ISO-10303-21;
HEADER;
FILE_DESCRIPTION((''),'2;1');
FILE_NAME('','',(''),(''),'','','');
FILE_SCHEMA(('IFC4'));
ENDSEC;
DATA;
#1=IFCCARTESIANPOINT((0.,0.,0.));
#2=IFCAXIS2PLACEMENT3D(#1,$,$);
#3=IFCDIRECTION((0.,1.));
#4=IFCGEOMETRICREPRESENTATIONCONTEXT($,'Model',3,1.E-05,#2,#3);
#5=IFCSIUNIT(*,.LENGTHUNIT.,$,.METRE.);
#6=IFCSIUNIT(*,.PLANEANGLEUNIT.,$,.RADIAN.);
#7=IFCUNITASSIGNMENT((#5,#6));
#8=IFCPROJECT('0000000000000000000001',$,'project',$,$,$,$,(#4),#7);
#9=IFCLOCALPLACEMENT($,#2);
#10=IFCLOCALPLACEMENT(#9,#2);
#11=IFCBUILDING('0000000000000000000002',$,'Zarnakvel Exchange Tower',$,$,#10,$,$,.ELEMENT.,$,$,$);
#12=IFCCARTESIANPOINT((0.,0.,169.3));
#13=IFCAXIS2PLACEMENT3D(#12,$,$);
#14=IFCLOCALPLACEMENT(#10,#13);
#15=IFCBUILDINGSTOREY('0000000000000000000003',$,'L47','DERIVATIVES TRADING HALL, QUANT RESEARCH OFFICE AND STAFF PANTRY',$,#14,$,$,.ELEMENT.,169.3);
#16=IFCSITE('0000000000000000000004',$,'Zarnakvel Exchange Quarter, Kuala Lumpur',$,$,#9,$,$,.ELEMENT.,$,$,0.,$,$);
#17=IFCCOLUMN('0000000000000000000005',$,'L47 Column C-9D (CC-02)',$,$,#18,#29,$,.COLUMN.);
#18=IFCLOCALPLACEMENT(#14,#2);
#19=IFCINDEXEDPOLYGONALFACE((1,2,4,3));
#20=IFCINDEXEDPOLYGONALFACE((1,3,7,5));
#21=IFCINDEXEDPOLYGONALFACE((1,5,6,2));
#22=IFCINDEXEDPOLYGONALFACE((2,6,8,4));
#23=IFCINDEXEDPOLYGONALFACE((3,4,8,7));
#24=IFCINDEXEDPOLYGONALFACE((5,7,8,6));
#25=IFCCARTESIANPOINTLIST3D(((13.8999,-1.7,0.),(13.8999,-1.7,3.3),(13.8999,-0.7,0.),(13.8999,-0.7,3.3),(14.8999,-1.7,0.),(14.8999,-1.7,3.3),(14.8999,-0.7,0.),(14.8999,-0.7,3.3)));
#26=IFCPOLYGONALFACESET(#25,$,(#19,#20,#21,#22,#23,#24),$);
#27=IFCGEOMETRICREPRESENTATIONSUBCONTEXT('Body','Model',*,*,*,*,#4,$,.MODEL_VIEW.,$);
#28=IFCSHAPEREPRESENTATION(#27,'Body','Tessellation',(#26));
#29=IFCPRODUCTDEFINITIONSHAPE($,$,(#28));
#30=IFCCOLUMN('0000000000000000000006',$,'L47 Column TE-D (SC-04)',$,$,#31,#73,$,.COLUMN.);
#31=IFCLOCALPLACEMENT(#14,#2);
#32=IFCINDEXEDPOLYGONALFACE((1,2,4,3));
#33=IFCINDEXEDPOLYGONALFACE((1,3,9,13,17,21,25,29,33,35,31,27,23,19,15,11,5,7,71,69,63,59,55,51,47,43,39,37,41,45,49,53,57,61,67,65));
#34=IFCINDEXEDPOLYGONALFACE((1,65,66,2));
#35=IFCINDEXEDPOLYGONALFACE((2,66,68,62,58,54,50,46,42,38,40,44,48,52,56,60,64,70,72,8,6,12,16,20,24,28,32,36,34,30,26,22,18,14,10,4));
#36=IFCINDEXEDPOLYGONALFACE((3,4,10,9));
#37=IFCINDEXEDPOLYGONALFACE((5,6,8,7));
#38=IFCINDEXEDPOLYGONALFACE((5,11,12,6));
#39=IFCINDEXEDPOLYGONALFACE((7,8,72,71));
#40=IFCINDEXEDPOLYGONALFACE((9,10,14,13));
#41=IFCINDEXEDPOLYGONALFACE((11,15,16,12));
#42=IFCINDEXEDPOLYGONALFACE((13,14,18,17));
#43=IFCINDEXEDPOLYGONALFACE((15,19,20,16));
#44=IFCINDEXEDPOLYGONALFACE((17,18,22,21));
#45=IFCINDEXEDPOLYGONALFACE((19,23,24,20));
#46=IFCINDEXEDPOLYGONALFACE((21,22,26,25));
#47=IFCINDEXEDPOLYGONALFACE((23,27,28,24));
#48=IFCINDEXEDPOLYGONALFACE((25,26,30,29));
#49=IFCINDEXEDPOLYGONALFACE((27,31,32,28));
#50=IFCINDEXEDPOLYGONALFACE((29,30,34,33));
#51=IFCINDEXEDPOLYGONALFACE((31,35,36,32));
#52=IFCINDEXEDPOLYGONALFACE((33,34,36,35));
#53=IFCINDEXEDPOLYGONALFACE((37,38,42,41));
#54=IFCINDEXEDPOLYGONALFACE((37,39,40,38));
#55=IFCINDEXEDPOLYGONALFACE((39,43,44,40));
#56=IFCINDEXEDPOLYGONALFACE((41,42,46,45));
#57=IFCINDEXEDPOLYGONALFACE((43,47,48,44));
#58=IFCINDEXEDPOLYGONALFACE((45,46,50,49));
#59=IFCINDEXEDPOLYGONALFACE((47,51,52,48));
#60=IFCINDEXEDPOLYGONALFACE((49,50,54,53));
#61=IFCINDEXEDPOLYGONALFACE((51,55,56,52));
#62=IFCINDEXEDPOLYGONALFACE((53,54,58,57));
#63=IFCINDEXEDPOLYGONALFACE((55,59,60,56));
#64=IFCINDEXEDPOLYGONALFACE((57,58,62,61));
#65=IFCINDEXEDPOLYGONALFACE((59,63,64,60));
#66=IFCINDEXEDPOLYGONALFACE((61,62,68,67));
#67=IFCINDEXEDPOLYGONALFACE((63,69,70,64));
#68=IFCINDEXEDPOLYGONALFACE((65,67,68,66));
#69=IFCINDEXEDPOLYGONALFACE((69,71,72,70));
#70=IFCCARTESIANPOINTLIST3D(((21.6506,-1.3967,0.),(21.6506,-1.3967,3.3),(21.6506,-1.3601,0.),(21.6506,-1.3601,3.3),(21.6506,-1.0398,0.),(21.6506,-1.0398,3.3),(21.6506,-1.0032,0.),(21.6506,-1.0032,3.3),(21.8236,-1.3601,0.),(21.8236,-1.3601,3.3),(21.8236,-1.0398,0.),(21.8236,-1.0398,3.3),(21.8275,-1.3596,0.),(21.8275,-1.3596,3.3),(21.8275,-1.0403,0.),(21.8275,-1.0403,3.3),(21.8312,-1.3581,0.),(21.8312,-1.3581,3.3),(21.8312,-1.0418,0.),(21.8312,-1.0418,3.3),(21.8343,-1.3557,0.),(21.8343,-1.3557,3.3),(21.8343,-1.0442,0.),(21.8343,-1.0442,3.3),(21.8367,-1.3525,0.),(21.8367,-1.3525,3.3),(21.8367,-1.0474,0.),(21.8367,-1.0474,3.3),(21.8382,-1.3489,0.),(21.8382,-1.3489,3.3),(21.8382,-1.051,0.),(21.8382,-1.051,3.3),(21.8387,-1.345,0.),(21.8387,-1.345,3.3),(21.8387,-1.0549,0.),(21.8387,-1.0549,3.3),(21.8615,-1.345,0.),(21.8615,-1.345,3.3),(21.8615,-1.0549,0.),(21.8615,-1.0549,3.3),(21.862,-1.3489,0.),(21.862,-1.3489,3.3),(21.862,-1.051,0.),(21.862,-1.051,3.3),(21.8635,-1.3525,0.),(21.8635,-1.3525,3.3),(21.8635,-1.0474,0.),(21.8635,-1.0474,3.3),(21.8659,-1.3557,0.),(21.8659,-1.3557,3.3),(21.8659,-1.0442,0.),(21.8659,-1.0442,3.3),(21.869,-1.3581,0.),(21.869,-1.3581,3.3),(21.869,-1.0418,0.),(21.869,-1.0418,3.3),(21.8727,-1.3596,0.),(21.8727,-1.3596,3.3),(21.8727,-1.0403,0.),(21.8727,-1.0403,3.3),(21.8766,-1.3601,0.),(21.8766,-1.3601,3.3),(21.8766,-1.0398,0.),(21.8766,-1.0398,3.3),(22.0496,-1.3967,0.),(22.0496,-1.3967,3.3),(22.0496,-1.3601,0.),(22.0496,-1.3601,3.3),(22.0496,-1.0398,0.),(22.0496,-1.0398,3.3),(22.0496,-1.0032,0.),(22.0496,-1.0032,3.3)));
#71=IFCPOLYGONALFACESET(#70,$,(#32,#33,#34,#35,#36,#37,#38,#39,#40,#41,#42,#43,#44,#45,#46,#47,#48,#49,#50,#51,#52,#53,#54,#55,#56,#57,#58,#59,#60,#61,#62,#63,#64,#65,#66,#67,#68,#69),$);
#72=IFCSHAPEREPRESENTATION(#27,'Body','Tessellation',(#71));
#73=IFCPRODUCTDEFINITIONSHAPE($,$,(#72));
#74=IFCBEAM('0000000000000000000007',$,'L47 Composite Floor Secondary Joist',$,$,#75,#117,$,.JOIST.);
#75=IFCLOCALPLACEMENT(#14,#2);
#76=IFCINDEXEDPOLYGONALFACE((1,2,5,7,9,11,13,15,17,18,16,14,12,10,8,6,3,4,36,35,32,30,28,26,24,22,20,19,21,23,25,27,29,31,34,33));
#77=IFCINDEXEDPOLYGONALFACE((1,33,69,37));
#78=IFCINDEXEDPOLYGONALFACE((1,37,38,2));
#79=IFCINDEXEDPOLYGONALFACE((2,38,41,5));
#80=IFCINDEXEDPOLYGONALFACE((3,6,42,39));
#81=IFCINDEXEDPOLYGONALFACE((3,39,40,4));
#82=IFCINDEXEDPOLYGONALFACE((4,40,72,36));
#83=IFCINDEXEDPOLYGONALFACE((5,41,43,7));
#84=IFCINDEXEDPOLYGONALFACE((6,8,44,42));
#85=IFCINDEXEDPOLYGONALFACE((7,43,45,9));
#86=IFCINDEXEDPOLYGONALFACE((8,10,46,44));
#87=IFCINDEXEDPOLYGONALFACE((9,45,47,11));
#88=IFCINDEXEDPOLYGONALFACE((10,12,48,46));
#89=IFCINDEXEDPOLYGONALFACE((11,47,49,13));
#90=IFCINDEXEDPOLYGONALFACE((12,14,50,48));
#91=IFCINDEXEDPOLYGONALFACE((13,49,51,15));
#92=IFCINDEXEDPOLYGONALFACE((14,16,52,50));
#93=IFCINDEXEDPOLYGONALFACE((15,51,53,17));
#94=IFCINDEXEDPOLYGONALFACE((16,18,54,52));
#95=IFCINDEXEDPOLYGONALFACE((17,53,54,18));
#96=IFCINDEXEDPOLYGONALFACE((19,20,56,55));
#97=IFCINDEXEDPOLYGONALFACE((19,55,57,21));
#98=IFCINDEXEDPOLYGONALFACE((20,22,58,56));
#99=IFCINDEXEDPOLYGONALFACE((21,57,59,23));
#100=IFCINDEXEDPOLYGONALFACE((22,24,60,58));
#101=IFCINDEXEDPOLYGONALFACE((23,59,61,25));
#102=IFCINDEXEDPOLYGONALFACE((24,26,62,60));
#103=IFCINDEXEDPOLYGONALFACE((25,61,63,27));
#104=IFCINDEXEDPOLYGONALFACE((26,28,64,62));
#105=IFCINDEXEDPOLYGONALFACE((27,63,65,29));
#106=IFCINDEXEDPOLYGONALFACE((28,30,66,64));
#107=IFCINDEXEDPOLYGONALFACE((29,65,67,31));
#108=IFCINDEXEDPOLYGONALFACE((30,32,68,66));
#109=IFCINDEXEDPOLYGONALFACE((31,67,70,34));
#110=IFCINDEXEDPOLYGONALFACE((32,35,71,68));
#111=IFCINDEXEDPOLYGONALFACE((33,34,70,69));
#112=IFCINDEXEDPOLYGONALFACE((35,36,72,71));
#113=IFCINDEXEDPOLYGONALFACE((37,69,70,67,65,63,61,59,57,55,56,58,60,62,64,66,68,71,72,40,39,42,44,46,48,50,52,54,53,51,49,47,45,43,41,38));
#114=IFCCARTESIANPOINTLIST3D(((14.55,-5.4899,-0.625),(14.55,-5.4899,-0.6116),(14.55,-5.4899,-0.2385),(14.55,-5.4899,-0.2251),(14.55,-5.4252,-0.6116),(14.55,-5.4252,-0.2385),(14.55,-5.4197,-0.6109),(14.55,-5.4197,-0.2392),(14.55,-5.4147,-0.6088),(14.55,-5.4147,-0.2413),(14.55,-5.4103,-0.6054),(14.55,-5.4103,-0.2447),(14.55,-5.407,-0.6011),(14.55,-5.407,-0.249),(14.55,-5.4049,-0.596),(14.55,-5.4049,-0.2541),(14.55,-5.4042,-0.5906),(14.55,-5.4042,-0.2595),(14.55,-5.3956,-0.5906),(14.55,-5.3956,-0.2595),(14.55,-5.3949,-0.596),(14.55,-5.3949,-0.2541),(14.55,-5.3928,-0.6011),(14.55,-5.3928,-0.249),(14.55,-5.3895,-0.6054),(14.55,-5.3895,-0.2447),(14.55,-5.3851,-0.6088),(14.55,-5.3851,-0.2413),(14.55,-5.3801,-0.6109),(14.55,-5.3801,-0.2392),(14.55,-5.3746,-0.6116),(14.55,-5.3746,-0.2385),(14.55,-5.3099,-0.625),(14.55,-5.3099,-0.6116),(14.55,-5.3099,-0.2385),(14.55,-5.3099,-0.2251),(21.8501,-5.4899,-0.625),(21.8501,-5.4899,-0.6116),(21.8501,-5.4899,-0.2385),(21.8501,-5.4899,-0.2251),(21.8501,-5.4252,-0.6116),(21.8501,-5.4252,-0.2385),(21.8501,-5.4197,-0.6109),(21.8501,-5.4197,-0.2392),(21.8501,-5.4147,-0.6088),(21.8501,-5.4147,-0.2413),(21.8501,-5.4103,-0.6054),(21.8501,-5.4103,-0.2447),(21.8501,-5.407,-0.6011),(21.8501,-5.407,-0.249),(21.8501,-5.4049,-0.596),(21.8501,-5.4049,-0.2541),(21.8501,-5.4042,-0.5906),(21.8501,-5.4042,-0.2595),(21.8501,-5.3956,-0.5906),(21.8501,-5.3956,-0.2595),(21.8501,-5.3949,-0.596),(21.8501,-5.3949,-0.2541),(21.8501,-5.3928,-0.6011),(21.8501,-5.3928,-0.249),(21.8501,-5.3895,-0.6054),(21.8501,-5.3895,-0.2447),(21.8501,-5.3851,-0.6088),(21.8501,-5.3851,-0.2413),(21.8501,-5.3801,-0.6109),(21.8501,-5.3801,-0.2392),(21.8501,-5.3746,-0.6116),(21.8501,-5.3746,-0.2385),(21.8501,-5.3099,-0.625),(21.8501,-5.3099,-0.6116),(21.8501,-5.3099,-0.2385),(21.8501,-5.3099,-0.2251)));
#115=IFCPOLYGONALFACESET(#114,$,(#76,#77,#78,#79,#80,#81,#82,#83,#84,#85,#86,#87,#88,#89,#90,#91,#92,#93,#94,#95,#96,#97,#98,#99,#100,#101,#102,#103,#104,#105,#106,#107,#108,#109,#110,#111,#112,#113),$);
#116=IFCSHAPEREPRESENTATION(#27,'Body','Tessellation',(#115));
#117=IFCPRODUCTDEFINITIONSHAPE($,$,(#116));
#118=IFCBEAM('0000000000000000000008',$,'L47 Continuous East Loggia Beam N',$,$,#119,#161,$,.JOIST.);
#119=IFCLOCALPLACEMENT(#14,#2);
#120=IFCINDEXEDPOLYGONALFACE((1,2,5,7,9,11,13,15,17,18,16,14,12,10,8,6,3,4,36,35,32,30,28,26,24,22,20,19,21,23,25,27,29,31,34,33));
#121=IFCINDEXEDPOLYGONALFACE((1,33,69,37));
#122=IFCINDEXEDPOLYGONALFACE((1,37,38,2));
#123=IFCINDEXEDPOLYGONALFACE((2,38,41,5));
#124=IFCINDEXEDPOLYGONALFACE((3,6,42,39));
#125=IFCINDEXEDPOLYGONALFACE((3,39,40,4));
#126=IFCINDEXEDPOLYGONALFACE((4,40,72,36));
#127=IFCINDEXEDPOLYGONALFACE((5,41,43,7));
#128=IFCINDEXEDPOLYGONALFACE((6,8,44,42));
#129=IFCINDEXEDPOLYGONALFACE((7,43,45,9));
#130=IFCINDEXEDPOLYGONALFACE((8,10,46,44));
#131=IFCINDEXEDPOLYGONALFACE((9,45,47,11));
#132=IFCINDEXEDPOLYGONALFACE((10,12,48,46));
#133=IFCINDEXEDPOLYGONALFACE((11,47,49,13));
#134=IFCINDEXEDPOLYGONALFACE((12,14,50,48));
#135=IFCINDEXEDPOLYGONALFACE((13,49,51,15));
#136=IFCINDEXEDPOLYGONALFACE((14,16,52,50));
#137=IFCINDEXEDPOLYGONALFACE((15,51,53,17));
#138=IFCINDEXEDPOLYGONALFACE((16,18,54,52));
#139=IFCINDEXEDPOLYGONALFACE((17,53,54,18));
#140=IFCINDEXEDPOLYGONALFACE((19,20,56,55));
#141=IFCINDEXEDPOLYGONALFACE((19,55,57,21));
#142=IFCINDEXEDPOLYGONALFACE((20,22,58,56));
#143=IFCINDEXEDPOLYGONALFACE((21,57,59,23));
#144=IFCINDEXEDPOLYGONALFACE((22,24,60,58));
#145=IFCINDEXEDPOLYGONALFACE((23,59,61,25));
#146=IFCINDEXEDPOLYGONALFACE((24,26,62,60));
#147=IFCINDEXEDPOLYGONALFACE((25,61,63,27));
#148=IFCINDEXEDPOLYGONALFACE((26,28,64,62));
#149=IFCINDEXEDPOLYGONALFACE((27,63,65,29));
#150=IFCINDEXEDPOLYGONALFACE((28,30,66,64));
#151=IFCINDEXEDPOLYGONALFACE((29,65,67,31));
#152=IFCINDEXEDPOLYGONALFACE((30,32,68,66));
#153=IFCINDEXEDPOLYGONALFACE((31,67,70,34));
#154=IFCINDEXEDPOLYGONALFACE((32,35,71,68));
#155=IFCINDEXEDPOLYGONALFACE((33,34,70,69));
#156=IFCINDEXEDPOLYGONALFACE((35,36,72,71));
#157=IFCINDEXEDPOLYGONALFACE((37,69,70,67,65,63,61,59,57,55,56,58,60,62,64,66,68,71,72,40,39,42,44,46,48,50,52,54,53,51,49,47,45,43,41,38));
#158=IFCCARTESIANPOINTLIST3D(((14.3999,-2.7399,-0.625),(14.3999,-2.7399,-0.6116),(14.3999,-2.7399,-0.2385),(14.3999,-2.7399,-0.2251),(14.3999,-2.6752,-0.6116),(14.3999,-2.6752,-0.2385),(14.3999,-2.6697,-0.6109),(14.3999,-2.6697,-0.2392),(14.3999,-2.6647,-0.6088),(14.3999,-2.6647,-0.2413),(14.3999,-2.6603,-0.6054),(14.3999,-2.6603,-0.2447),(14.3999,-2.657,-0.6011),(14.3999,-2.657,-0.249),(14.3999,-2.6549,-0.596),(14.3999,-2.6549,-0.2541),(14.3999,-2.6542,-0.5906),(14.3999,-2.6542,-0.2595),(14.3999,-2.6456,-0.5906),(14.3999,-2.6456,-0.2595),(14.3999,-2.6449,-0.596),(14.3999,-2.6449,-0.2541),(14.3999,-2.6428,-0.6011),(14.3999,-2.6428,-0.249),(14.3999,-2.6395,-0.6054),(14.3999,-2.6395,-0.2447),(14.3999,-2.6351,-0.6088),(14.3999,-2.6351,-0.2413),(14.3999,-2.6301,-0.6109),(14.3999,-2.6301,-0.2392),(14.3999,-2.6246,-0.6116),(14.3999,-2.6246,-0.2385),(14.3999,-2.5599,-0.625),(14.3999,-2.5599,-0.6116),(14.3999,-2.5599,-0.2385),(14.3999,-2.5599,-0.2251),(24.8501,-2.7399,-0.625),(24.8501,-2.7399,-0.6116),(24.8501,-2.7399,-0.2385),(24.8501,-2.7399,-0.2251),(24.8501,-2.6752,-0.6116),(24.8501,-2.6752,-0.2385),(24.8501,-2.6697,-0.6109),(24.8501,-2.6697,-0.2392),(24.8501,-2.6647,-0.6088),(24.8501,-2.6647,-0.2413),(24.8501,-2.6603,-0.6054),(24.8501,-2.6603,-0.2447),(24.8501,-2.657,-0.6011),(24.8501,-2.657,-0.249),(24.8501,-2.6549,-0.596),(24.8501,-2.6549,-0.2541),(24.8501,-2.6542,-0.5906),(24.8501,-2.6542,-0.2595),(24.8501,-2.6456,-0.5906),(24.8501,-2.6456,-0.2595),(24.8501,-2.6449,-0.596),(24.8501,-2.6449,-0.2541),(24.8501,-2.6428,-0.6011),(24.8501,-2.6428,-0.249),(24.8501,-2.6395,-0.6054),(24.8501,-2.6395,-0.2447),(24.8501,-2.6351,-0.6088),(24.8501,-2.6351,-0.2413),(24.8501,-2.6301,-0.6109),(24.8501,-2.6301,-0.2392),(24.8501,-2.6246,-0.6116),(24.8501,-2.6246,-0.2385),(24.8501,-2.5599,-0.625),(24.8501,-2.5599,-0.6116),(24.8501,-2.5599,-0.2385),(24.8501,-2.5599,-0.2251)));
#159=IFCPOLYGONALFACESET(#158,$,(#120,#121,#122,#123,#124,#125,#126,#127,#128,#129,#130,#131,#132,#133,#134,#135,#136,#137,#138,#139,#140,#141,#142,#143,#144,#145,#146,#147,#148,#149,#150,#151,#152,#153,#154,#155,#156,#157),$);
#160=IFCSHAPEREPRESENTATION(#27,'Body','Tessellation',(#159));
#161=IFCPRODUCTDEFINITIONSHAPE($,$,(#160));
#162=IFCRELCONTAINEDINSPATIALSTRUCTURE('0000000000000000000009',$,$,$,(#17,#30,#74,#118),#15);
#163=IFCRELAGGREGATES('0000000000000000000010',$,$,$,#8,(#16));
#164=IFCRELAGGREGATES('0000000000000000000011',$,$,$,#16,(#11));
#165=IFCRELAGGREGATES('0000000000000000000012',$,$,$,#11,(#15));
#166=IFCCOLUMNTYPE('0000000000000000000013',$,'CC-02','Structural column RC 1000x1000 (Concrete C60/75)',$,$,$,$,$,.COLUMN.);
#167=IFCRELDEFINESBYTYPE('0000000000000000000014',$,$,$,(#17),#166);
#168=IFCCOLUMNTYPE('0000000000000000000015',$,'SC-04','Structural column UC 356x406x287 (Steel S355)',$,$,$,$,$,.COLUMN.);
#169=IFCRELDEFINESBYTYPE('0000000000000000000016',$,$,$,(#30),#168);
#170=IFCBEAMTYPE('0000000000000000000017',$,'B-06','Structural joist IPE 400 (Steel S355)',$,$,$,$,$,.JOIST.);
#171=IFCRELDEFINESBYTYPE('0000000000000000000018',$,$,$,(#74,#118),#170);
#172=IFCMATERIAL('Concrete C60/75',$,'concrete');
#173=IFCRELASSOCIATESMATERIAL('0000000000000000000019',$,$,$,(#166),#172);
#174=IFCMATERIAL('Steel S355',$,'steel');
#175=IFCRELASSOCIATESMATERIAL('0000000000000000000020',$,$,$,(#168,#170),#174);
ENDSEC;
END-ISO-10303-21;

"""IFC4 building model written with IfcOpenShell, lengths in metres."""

from ifc_helpers import new_model, si_unit, direction, frame, origin, origin_2d, place, context, subcontext, project, spatial, rectangle, i_section, extrude, material, material_profile, profile_set, type_object, element, save


model = new_model("IFC4")

# Units and contexts
model_context = context("Model", 3, precision=1e-05, world=origin(), true_north=direction((0.0, 1.0)))
body_context = subcontext(model_context, "Body", "Model", "MODEL_VIEW")
ifc_project = project(units=[si_unit("LENGTHUNIT", "METRE"), si_unit("PLANEANGLEUNIT", "RADIAN")], contexts=[model_context])

# Site, building, storey
site_placement = place(None, origin())
site = spatial("IfcSite", under=ifc_project, at=site_placement, Name="Zarnakvel Exchange Quarter, Kuala Lumpur", CompositionType="ELEMENT", RefElevation=0.0)
building_placement = place(site_placement, origin())
building = spatial("IfcBuilding", under=site, at=building_placement, Name="Zarnakvel Exchange Tower", CompositionType="ELEMENT")
storey_placement = place(building_placement, frame((0.0, 0.0, 169.3)))
storey = spatial("IfcBuildingStorey", under=building, at=storey_placement, Name="L47", Description="DERIVATIVES TRADING HALL, QUANT RESEARCH OFFICE AND STAFF PANTRY", CompositionType="ELEMENT", Elevation=169.3)

# Columns
ifc_material_1 = material(Name="Concrete C60/75", Category="concrete")
ifc_material_profile_1 = material_profile(ifc_material_1, rectangle(XDim=1.0, YDim=1.0, at=origin_2d()))
ifc_profile_set_1 = profile_set([ifc_material_profile_1], Name="Concrete C60/75")
column_type_1 = type_object("IfcColumnType", Name="CC-02", Description="Structural column RC 1000x1000 (Concrete C60/75)", PredefinedType="COLUMN", material=ifc_profile_set_1)
column_1_placement = place(storey_placement, frame((14.3999, -1.2, 0.0), z_axis=(0.0, 0.0, 1.0), x_axis=(1.0, 0.0, 0.0)))
element("IfcColumn", 1, at=column_1_placement, inside=storey, type_object=column_type_1, Name="L47 Column C-9D (CC-02)", PredefinedType="COLUMN", context=body_context, shape_type="SweptSolid", body=[
    extrude(rectangle(XDim=1.0, YDim=1.0, at=origin_2d()), origin(), (0.0, 0.0, 1.0), 3.3),
])
ifc_material_2 = material(Name="Steel S355", Category="steel")
ifc_material_profile_2 = material_profile(ifc_material_2, i_section(OverallWidth=0.3989, OverallDepth=0.3936, WebThickness=0.0227, FlangeThickness=0.0366, FilletRadius=0.0151, at=origin_2d()))
ifc_profile_set_2 = profile_set([ifc_material_profile_2], Name="Steel S355")
column_type_2 = type_object("IfcColumnType", Name="SC-04", Description="Structural column UC 356x406x287 (Steel S355)", PredefinedType="COLUMN", material=ifc_profile_set_2)
column_2_placement = place(storey_placement, frame((21.8501, -1.2, 0.0), z_axis=(0.0, 0.0, 1.0), x_axis=(1.0, 0.0, 0.0)))
element("IfcColumn", 2, at=column_2_placement, inside=storey, type_object=column_type_2, Name="L47 Column TE-D (SC-04)", PredefinedType="COLUMN", context=body_context, shape_type="SweptSolid", body=[
    extrude(i_section(OverallWidth=0.3989, OverallDepth=0.3936, WebThickness=0.0227, FlangeThickness=0.0366, FilletRadius=0.0151, at=origin_2d()), origin(), (0.0, 0.0, 1.0), 3.3),
])

# Beams
ifc_material_profile_3 = material_profile(ifc_material_2, i_section(OverallWidth=0.1799, OverallDepth=0.3999, WebThickness=0.0085, FlangeThickness=0.0134, FilletRadius=0.021, at=origin_2d()))
ifc_profile_set_3 = profile_set([ifc_material_profile_3], Name="Steel S355")
beam_type_1 = type_object("IfcBeamType", Name="B-06", Description="Structural joist IPE 400 (Steel S355)", PredefinedType="JOIST", material=ifc_profile_set_3)
beam_1_placement = place(storey_placement, frame((14.55, -5.3999, -0.425), z_axis=(1.0, 0.0, 0.0), x_axis=(0.0, 1.0, 0.0)))
element("IfcBeam", 3, at=beam_1_placement, inside=storey, type_object=beam_type_1, Name="L47 Composite Floor Secondary Joist", PredefinedType="JOIST", context=body_context, shape_type="SweptSolid", body=[
    extrude(i_section(OverallWidth=0.1799, OverallDepth=0.3999, WebThickness=0.0085, FlangeThickness=0.0134, FilletRadius=0.021, at=origin_2d()), origin(), (0.0, 0.0, 1.0), 7.3),
])
beam_2_placement = place(storey_placement, frame((14.3999, -2.6499, -0.425), z_axis=(1.0, 0.0, 0.0), x_axis=(0.0, 1.0, 0.0)))
element("IfcBeam", 4, at=beam_2_placement, inside=storey, type_object=beam_type_1, Name="L47 Continuous East Loggia Beam N", PredefinedType="JOIST", context=body_context, shape_type="SweptSolid", body=[
    extrude(i_section(OverallWidth=0.1799, OverallDepth=0.3999, WebThickness=0.0085, FlangeThickness=0.0134, FilletRadius=0.021, at=origin_2d()), origin(), (0.0, 0.0, 1.0), 10.4502),
])

save(model, "model.ifc")
